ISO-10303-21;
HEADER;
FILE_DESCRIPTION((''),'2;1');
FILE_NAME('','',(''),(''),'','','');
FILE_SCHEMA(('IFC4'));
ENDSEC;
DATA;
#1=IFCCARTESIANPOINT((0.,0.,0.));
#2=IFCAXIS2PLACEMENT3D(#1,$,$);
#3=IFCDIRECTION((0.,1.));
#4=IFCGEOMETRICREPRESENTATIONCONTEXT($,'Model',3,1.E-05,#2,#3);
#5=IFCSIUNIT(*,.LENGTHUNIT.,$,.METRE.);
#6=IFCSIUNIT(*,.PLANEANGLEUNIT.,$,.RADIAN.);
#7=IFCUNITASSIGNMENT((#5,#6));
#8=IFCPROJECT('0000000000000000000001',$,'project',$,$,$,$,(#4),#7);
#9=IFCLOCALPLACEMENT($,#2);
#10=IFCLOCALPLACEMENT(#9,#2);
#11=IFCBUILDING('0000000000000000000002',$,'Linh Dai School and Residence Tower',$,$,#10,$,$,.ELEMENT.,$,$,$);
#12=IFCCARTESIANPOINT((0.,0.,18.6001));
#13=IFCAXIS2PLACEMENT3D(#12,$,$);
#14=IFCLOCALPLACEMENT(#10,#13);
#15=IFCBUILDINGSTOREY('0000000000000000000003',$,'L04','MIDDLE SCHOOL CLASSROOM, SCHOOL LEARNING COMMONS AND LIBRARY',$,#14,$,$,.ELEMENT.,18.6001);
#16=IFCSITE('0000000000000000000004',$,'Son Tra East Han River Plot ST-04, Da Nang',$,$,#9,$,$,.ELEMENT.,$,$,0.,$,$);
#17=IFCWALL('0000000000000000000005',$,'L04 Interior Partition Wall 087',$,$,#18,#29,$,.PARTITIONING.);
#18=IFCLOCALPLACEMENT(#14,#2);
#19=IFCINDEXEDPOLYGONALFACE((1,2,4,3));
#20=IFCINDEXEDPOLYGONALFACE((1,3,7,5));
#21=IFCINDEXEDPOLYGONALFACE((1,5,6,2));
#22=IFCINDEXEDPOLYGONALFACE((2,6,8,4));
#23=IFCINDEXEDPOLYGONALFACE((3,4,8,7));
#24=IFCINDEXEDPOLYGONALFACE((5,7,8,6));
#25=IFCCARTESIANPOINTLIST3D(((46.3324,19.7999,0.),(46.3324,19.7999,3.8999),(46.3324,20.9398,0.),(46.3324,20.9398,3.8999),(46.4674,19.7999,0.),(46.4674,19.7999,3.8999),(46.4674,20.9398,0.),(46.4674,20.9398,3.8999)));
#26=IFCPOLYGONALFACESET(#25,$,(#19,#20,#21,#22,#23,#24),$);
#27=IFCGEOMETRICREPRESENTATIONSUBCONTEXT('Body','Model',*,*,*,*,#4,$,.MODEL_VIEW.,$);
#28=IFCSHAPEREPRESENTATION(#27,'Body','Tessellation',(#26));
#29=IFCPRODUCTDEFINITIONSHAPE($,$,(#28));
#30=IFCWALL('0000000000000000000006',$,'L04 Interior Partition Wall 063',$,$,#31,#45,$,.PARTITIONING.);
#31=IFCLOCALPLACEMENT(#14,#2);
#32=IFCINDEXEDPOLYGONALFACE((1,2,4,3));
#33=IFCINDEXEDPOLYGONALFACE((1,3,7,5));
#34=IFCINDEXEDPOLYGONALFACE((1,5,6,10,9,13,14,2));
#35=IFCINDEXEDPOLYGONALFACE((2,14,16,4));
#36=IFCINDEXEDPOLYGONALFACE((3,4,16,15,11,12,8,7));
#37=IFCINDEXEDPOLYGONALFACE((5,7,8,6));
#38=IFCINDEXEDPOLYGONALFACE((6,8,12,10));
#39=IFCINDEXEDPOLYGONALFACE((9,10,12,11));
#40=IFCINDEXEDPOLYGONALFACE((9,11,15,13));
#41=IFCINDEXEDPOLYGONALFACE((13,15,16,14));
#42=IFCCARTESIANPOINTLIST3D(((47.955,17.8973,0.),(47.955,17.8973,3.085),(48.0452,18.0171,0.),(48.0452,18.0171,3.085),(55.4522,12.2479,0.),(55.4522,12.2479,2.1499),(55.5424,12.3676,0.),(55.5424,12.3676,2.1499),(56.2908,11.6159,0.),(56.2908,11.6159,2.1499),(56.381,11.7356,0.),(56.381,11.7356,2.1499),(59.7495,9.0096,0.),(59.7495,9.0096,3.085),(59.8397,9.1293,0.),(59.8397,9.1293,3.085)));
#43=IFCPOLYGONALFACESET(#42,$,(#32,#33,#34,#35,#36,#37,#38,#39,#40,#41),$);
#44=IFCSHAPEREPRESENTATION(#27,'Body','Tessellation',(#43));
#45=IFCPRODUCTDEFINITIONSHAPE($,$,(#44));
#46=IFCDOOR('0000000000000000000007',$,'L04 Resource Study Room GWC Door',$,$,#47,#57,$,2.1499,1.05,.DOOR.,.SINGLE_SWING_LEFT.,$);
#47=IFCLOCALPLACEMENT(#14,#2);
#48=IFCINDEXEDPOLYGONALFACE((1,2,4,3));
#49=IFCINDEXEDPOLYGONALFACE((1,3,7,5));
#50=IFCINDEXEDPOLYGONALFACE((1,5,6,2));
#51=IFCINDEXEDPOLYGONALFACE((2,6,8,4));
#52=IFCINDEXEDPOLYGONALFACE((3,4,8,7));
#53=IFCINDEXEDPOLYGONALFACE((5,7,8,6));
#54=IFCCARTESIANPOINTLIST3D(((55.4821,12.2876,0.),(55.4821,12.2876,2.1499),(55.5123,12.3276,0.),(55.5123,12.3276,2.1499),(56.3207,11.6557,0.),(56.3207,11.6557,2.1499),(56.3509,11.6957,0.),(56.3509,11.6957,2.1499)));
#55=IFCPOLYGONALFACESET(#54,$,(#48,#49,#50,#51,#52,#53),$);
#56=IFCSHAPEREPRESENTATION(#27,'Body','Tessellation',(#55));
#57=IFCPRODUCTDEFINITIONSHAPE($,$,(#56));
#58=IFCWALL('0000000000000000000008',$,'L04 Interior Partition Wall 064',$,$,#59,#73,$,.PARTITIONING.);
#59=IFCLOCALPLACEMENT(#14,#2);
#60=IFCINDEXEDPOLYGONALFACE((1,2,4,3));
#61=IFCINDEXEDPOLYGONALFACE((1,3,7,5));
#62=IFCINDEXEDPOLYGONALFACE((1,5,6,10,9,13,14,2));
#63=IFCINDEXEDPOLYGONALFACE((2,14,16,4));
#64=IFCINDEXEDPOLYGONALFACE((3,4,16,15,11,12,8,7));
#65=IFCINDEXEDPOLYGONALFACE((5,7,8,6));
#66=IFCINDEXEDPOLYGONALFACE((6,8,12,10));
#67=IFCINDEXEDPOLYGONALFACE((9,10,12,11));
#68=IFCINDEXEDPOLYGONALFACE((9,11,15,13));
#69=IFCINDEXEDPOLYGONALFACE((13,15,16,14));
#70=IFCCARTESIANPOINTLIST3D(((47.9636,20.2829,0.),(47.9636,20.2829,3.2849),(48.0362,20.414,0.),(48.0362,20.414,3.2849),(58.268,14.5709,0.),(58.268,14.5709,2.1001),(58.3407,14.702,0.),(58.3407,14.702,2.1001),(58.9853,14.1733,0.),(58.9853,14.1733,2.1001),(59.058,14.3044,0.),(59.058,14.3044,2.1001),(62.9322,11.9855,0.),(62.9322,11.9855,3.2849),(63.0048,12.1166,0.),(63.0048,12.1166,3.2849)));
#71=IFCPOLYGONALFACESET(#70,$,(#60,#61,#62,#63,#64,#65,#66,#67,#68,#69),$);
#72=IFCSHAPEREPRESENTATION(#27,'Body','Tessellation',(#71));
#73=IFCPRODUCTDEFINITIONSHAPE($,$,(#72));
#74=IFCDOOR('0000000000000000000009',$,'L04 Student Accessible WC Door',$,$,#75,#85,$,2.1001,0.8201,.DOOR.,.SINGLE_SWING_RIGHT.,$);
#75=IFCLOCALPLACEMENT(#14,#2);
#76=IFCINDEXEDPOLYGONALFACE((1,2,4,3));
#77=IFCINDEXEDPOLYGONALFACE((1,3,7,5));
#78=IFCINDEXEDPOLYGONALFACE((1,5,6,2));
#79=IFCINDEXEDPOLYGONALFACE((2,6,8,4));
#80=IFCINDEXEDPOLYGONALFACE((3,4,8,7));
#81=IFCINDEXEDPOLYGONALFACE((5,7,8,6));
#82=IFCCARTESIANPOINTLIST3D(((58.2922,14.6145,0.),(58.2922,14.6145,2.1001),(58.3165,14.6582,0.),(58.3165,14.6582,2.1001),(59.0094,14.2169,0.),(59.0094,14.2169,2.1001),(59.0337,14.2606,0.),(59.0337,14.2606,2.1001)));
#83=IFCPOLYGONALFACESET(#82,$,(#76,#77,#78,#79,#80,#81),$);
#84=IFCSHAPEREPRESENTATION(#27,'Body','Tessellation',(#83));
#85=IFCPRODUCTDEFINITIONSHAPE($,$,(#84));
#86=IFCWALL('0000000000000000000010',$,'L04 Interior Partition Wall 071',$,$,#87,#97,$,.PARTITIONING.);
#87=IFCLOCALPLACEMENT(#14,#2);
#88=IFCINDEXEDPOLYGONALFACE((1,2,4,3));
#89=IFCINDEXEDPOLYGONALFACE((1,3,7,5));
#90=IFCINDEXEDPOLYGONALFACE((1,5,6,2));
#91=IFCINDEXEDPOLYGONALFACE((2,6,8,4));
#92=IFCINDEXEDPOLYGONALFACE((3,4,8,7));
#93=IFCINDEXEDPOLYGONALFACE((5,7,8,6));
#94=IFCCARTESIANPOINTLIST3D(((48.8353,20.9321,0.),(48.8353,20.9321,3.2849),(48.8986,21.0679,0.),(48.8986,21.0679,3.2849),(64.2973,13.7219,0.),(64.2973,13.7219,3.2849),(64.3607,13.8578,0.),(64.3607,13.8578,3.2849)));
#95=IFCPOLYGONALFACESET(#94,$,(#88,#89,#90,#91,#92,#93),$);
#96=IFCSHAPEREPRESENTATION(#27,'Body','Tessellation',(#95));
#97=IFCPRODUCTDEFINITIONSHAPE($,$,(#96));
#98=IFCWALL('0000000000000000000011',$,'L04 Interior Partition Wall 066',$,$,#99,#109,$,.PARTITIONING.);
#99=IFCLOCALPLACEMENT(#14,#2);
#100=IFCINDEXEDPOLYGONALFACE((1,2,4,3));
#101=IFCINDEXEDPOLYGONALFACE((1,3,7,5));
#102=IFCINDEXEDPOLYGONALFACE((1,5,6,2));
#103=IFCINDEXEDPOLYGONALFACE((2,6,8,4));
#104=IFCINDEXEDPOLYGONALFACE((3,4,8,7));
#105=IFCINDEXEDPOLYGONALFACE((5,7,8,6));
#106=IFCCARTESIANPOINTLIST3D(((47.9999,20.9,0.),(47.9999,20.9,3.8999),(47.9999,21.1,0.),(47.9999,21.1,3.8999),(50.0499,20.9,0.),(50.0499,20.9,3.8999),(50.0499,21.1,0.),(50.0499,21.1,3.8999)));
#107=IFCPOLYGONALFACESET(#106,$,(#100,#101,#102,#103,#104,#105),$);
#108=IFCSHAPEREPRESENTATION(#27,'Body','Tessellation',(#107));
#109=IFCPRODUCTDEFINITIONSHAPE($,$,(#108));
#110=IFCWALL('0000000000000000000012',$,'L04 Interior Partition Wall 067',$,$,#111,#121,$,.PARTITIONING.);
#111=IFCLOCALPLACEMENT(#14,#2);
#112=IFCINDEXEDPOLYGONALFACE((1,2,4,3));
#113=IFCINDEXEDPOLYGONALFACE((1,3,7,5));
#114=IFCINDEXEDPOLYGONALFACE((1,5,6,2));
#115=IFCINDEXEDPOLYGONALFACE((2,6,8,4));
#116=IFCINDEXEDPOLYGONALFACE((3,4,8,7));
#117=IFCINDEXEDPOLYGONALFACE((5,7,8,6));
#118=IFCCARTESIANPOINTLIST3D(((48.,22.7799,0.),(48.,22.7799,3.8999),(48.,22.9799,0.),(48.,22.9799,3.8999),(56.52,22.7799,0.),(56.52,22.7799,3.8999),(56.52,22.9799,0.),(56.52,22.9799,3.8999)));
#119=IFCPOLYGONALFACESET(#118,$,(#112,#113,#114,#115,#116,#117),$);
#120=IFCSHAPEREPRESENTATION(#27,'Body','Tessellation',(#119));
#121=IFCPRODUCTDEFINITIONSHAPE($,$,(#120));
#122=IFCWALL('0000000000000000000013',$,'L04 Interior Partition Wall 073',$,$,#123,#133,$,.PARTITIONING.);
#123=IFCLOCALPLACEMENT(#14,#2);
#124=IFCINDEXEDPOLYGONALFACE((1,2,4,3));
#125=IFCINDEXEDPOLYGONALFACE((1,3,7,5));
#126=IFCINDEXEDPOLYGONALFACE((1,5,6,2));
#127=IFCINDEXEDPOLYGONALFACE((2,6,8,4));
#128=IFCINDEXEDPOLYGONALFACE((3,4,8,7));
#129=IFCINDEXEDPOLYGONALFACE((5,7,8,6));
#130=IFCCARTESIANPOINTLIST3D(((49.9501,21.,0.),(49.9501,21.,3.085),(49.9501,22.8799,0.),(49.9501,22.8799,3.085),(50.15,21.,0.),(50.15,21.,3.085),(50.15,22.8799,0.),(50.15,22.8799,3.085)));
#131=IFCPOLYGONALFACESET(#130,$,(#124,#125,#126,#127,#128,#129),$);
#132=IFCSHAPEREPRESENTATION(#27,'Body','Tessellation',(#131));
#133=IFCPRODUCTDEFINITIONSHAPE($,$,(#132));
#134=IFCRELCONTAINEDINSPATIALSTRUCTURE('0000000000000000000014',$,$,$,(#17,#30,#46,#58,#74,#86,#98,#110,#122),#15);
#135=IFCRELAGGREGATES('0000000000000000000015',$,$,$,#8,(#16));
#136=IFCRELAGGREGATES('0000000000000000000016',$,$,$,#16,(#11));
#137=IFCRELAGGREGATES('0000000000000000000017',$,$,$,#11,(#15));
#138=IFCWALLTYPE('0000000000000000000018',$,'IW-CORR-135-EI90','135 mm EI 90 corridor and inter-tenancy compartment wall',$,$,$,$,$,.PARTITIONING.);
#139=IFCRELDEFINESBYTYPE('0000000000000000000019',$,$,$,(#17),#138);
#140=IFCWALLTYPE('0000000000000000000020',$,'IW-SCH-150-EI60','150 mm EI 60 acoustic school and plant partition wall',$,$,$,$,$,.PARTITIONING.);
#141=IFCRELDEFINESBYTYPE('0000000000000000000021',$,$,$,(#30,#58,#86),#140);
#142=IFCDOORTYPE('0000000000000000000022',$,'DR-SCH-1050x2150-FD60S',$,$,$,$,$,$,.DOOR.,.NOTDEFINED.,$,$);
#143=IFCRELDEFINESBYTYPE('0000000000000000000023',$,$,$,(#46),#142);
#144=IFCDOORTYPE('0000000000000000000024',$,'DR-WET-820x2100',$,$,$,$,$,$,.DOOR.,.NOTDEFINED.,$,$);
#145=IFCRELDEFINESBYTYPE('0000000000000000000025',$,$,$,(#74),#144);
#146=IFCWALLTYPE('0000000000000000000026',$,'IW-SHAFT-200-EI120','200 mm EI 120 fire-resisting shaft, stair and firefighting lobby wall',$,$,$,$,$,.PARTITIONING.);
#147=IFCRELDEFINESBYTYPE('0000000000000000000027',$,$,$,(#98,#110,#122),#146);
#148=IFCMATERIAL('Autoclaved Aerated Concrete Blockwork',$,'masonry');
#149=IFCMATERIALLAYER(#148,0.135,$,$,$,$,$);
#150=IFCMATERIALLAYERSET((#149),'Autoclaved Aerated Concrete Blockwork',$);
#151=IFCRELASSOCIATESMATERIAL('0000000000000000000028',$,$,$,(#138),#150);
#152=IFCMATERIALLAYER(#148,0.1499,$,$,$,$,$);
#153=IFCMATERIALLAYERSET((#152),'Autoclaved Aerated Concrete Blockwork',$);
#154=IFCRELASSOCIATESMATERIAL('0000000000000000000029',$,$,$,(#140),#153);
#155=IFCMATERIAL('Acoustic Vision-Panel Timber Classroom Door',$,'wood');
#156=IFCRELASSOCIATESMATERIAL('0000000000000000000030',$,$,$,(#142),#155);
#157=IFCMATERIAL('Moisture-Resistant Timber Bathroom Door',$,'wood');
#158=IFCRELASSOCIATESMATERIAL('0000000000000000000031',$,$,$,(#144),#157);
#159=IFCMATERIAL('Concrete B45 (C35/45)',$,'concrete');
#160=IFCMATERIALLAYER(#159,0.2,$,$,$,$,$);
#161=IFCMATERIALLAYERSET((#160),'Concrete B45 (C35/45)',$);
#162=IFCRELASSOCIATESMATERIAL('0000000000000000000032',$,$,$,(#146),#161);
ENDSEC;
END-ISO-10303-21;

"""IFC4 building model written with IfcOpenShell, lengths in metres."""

from ifc_helpers import new_model, si_unit, direction, frame, frame_2d, origin, origin_2d, place, context, subcontext, project, spatial, rectangle, extrude, source, transform, mapped, material, layer, layer_set, type_object, element, fill, save


model = new_model("IFC4")

# Units and contexts
model_context = context("Model", 3, precision=1e-05, world=origin(), true_north=direction((0.0, 1.0)))
body_context = subcontext(model_context, "Body", "Model", "MODEL_VIEW")
ifc_project = project(units=[si_unit("LENGTHUNIT", "METRE"), si_unit("PLANEANGLEUNIT", "RADIAN")], contexts=[model_context])

# Site, building, storey
site_placement = place(None, origin())
site = spatial("IfcSite", under=ifc_project, at=site_placement, Name="Son Tra East Han River Plot ST-04, Da Nang", CompositionType="ELEMENT", RefElevation=0.0)
building_placement = place(site_placement, origin())
building = spatial("IfcBuilding", under=site, at=building_placement, Name="Linh Dai School and Residence Tower", CompositionType="ELEMENT")
storey_placement = place(building_placement, frame((0.0, 0.0, 18.6001)))
storey = spatial("IfcBuildingStorey", under=building, at=storey_placement, Name="L04", Description="MIDDLE SCHOOL CLASSROOM, SCHOOL LEARNING COMMONS AND LIBRARY", CompositionType="ELEMENT", Elevation=18.6001)

# Wall
ifc_material_1 = material(Name="Autoclaved Aerated Concrete Blockwork", Category="masonry")
ifc_layer_1 = layer(ifc_material_1, 0.135)
ifc_layer_set_1 = layer_set([ifc_layer_1], Name="Autoclaved Aerated Concrete Blockwork")
wall_type_1 = type_object("IfcWallType", Name="IW-CORR-135-EI90", Description="135 mm EI 90 corridor and inter-tenancy compartment wall", PredefinedType="PARTITIONING", material=ifc_layer_set_1)
wall_1_placement = place(storey_placement, frame((46.3999, 19.8, 0.0), z_axis=(0.0, 0.0, 1.0), x_axis=(0.0, 1.0, 0.0)))
element("IfcWall", 1, at=wall_1_placement, inside=storey, type_object=wall_type_1, Name="L04 Interior Partition Wall 087", PredefinedType="PARTITIONING", context=body_context, shape_type="SweptSolid", body=[
    extrude(rectangle(XDim=1.1399, YDim=0.135, at=frame_2d((0.5698, 0.0))), origin(), (0.0, 0.0, 1.0), 3.8999),
])

# Walls, openings, doors
ifc_layer_2 = layer(ifc_material_1, 0.1499)
ifc_layer_set_2 = layer_set([ifc_layer_2], Name="Autoclaved Aerated Concrete Blockwork")
wall_type_2 = type_object("IfcWallType", Name="IW-SCH-150-EI60", Description="150 mm EI 60 acoustic school and plant partition wall", PredefinedType="PARTITIONING", material=ifc_layer_set_2)
wall_2_placement = place(storey_placement, frame((48.0, 17.9573, 0.0), z_axis=(0.0, 0.0, 1.0), x_axis=(0.798637, -0.601813, 0.0)))
wall_2 = element("IfcWall", 2, at=wall_2_placement, inside=storey, type_object=wall_type_2, Name="L04 Interior Partition Wall 063", PredefinedType="PARTITIONING", context=body_context, shape_type="SweptSolid", body=[
    extrude(rectangle(XDim=14.7683, YDim=0.1499, at=frame_2d((7.3843, 0.0))), origin(), (0.0, 0.0, 1.0), 3.085),
])
opening_1_placement = place(wall_2_placement, frame((9.3877, 0.0, 0.0)))
opening_1 = element("IfcOpeningElement", 3, at=opening_1_placement, cuts=wall_2, PredefinedType="OPENING", context=body_context, shape_type="SweptSolid", body=[
    extrude(rectangle(XDim=1.05, YDim=2.1499, at=origin_2d()), frame((0.5249, 0.085, 1.075), z_axis=(0.0, -1.0, 0.0), x_axis=(1.0, 0.0, 0.0)), (0.0, 0.0, 1.0), 0.1699),
])
ifc_material_2 = material(Name="Acoustic Vision-Panel Timber Classroom Door", Category="wood")
door_type_1 = type_object("IfcDoorType", Name="DR-SCH-1050x2150-FD60S", OperationType="NOTDEFINED", PredefinedType="DOOR", material=ifc_material_2)
shared_shape_1 = source(origin(), body_context, "Body", "SweptSolid", [
    extrude(rectangle(XDim=1.05, YDim=2.1499, at=origin_2d()), frame((0.5249, 0.0249, 1.075), z_axis=(0.0, -1.0, 0.0), x_axis=(1.0, 0.0, 0.0)), (0.0, 0.0, 1.0), 0.05),
])
door_1_placement = place(opening_1_placement, origin())
door_1 = element("IfcDoor", 4, at=door_1_placement, inside=storey, type_object=door_type_1, Name="L04 Resource Study Room GWC Door", OperationType="SINGLE_SWING_LEFT", OverallHeight=2.1499, OverallWidth=1.05, PredefinedType="DOOR", context=body_context, shape_type="MappedRepresentation", body=[
    mapped(shared_shape_1, transform((0.0, 0.0, 0.0), x_axis=(1.0, 0.0, 0.0), y_axis=(0.0, 1.0, 0.0), z_axis=(0.0, 0.0, 1.0), scale=1.0)),
])
fill(opening_1, door_1)
wall_3_placement = place(storey_placement, frame((48.0, 20.3484, 0.0), z_axis=(0.0, 0.0, 1.0), x_axis=(0.874615, -0.484818, 0.0)))
wall_3 = element("IfcWall", 5, at=wall_3_placement, inside=storey, type_object=wall_type_2, Name="L04 Interior Partition Wall 064", PredefinedType="PARTITIONING", context=body_context, shape_type="SweptSolid", body=[
    extrude(rectangle(XDim=17.1145, YDim=0.1499, at=frame_2d((8.5571, 0.0))), origin(), (0.0, 0.0, 1.0), 3.2849),
])
opening_2_placement = place(wall_3_placement, frame((11.7815, 0.0, 0.0)))
opening_2 = element("IfcOpeningElement", 6, at=opening_2_placement, cuts=wall_3, PredefinedType="OPENING", context=body_context, shape_type="SweptSolid", body=[
    extrude(rectangle(XDim=0.8201, YDim=2.1001, at=origin_2d()), frame((0.4102, 0.085, 1.05), z_axis=(0.0, -1.0, 0.0), x_axis=(1.0, 0.0, 0.0)), (0.0, 0.0, 1.0), 0.1699),
])
ifc_material_3 = material(Name="Moisture-Resistant Timber Bathroom Door", Category="wood")
door_type_2 = type_object("IfcDoorType", Name="DR-WET-820x2100", OperationType="NOTDEFINED", PredefinedType="DOOR", material=ifc_material_3)
shared_shape_2 = source(origin(), body_context, "Body", "SweptSolid", [
    extrude(rectangle(XDim=0.8201, YDim=2.1001, at=origin_2d()), frame((0.4102, 0.0249, 1.05), z_axis=(0.0, -1.0, 0.0), x_axis=(1.0, 0.0, 0.0)), (0.0, 0.0, 1.0), 0.05),
])
door_2_placement = place(opening_2_placement, origin())
door_2 = element("IfcDoor", 7, at=door_2_placement, inside=storey, type_object=door_type_2, Name="L04 Student Accessible WC Door", OperationType="SINGLE_SWING_RIGHT", OverallHeight=2.1001, OverallWidth=0.8201, PredefinedType="DOOR", context=body_context, shape_type="MappedRepresentation", body=[
    mapped(shared_shape_2, transform((0.0, 0.0, 0.0), x_axis=(1.0, 0.0, 0.0), y_axis=(0.0, 1.0, 0.0), z_axis=(0.0, 0.0, 1.0), scale=1.0)),
])
fill(opening_2, door_2)

# Wall
wall_4_placement = place(storey_placement, frame((48.8669, 21.0, 0.0), z_axis=(0.0, 0.0, 1.0), x_axis=(0.906306, -0.422622, 0.0)))
element("IfcWall", 8, at=wall_4_placement, inside=storey, type_object=wall_type_2, Name="L04 Interior Partition Wall 071", PredefinedType="PARTITIONING", context=body_context, shape_type="SweptSolid", body=[
    extrude(rectangle(XDim=17.0605, YDim=0.1499, at=frame_2d((8.5303, 0.0))), origin(), (0.0, 0.0, 1.0), 3.2849),
])

# Shared definitions
ifc_material_4 = material(Name="Concrete B45 (C35/45)", Category="concrete")
ifc_layer_3 = layer(ifc_material_4, 0.2)
ifc_layer_set_3 = layer_set([ifc_layer_3], Name="Concrete B45 (C35/45)")
wall_type_3 = type_object("IfcWallType", Name="IW-SHAFT-200-EI120", Description="200 mm EI 120 fire-resisting shaft, stair and firefighting lobby wall", PredefinedType="PARTITIONING", material=ifc_layer_set_3)

# Walls
wall_5_placement = place(storey_placement, frame((48.0, 21.0, 0.0), z_axis=(0.0, 0.0, 1.0), x_axis=(1.0, 0.0, 0.0)))
element("IfcWall", 9, at=wall_5_placement, inside=storey, type_object=wall_type_3, Name="L04 Interior Partition Wall 066", PredefinedType="PARTITIONING", context=body_context, shape_type="SweptSolid", body=[
    extrude(rectangle(XDim=2.05, YDim=0.2, at=frame_2d((1.0249, 0.0))), origin(), (0.0, 0.0, 1.0), 3.8999),
])
wall_6_placement = place(storey_placement, frame((48.0, 22.8799, 0.0), z_axis=(0.0, 0.0, 1.0), x_axis=(1.0, 0.0, 0.0)))
element("IfcWall", 10, at=wall_6_placement, inside=storey, type_object=wall_type_3, Name="L04 Interior Partition Wall 067", PredefinedType="PARTITIONING", context=body_context, shape_type="SweptSolid", body=[
    extrude(rectangle(XDim=8.52, YDim=0.2, at=frame_2d((4.26, 0.0))), origin(), (0.0, 0.0, 1.0), 3.8999),
])
wall_7_placement = place(storey_placement, frame((50.05, 21.0, 0.0), z_axis=(0.0, 0.0, 1.0), x_axis=(0.0, 1.0, 0.0)))
element("IfcWall", 11, at=wall_7_placement, inside=storey, type_object=wall_type_3, Name="L04 Interior Partition Wall 073", PredefinedType="PARTITIONING", context=body_context, shape_type="SweptSolid", body=[
    extrude(rectangle(XDim=1.8799, YDim=0.2, at=frame_2d((0.9399, 0.0))), origin(), (0.0, 0.0, 1.0), 3.085),
])

save(model, "model.ifc")
